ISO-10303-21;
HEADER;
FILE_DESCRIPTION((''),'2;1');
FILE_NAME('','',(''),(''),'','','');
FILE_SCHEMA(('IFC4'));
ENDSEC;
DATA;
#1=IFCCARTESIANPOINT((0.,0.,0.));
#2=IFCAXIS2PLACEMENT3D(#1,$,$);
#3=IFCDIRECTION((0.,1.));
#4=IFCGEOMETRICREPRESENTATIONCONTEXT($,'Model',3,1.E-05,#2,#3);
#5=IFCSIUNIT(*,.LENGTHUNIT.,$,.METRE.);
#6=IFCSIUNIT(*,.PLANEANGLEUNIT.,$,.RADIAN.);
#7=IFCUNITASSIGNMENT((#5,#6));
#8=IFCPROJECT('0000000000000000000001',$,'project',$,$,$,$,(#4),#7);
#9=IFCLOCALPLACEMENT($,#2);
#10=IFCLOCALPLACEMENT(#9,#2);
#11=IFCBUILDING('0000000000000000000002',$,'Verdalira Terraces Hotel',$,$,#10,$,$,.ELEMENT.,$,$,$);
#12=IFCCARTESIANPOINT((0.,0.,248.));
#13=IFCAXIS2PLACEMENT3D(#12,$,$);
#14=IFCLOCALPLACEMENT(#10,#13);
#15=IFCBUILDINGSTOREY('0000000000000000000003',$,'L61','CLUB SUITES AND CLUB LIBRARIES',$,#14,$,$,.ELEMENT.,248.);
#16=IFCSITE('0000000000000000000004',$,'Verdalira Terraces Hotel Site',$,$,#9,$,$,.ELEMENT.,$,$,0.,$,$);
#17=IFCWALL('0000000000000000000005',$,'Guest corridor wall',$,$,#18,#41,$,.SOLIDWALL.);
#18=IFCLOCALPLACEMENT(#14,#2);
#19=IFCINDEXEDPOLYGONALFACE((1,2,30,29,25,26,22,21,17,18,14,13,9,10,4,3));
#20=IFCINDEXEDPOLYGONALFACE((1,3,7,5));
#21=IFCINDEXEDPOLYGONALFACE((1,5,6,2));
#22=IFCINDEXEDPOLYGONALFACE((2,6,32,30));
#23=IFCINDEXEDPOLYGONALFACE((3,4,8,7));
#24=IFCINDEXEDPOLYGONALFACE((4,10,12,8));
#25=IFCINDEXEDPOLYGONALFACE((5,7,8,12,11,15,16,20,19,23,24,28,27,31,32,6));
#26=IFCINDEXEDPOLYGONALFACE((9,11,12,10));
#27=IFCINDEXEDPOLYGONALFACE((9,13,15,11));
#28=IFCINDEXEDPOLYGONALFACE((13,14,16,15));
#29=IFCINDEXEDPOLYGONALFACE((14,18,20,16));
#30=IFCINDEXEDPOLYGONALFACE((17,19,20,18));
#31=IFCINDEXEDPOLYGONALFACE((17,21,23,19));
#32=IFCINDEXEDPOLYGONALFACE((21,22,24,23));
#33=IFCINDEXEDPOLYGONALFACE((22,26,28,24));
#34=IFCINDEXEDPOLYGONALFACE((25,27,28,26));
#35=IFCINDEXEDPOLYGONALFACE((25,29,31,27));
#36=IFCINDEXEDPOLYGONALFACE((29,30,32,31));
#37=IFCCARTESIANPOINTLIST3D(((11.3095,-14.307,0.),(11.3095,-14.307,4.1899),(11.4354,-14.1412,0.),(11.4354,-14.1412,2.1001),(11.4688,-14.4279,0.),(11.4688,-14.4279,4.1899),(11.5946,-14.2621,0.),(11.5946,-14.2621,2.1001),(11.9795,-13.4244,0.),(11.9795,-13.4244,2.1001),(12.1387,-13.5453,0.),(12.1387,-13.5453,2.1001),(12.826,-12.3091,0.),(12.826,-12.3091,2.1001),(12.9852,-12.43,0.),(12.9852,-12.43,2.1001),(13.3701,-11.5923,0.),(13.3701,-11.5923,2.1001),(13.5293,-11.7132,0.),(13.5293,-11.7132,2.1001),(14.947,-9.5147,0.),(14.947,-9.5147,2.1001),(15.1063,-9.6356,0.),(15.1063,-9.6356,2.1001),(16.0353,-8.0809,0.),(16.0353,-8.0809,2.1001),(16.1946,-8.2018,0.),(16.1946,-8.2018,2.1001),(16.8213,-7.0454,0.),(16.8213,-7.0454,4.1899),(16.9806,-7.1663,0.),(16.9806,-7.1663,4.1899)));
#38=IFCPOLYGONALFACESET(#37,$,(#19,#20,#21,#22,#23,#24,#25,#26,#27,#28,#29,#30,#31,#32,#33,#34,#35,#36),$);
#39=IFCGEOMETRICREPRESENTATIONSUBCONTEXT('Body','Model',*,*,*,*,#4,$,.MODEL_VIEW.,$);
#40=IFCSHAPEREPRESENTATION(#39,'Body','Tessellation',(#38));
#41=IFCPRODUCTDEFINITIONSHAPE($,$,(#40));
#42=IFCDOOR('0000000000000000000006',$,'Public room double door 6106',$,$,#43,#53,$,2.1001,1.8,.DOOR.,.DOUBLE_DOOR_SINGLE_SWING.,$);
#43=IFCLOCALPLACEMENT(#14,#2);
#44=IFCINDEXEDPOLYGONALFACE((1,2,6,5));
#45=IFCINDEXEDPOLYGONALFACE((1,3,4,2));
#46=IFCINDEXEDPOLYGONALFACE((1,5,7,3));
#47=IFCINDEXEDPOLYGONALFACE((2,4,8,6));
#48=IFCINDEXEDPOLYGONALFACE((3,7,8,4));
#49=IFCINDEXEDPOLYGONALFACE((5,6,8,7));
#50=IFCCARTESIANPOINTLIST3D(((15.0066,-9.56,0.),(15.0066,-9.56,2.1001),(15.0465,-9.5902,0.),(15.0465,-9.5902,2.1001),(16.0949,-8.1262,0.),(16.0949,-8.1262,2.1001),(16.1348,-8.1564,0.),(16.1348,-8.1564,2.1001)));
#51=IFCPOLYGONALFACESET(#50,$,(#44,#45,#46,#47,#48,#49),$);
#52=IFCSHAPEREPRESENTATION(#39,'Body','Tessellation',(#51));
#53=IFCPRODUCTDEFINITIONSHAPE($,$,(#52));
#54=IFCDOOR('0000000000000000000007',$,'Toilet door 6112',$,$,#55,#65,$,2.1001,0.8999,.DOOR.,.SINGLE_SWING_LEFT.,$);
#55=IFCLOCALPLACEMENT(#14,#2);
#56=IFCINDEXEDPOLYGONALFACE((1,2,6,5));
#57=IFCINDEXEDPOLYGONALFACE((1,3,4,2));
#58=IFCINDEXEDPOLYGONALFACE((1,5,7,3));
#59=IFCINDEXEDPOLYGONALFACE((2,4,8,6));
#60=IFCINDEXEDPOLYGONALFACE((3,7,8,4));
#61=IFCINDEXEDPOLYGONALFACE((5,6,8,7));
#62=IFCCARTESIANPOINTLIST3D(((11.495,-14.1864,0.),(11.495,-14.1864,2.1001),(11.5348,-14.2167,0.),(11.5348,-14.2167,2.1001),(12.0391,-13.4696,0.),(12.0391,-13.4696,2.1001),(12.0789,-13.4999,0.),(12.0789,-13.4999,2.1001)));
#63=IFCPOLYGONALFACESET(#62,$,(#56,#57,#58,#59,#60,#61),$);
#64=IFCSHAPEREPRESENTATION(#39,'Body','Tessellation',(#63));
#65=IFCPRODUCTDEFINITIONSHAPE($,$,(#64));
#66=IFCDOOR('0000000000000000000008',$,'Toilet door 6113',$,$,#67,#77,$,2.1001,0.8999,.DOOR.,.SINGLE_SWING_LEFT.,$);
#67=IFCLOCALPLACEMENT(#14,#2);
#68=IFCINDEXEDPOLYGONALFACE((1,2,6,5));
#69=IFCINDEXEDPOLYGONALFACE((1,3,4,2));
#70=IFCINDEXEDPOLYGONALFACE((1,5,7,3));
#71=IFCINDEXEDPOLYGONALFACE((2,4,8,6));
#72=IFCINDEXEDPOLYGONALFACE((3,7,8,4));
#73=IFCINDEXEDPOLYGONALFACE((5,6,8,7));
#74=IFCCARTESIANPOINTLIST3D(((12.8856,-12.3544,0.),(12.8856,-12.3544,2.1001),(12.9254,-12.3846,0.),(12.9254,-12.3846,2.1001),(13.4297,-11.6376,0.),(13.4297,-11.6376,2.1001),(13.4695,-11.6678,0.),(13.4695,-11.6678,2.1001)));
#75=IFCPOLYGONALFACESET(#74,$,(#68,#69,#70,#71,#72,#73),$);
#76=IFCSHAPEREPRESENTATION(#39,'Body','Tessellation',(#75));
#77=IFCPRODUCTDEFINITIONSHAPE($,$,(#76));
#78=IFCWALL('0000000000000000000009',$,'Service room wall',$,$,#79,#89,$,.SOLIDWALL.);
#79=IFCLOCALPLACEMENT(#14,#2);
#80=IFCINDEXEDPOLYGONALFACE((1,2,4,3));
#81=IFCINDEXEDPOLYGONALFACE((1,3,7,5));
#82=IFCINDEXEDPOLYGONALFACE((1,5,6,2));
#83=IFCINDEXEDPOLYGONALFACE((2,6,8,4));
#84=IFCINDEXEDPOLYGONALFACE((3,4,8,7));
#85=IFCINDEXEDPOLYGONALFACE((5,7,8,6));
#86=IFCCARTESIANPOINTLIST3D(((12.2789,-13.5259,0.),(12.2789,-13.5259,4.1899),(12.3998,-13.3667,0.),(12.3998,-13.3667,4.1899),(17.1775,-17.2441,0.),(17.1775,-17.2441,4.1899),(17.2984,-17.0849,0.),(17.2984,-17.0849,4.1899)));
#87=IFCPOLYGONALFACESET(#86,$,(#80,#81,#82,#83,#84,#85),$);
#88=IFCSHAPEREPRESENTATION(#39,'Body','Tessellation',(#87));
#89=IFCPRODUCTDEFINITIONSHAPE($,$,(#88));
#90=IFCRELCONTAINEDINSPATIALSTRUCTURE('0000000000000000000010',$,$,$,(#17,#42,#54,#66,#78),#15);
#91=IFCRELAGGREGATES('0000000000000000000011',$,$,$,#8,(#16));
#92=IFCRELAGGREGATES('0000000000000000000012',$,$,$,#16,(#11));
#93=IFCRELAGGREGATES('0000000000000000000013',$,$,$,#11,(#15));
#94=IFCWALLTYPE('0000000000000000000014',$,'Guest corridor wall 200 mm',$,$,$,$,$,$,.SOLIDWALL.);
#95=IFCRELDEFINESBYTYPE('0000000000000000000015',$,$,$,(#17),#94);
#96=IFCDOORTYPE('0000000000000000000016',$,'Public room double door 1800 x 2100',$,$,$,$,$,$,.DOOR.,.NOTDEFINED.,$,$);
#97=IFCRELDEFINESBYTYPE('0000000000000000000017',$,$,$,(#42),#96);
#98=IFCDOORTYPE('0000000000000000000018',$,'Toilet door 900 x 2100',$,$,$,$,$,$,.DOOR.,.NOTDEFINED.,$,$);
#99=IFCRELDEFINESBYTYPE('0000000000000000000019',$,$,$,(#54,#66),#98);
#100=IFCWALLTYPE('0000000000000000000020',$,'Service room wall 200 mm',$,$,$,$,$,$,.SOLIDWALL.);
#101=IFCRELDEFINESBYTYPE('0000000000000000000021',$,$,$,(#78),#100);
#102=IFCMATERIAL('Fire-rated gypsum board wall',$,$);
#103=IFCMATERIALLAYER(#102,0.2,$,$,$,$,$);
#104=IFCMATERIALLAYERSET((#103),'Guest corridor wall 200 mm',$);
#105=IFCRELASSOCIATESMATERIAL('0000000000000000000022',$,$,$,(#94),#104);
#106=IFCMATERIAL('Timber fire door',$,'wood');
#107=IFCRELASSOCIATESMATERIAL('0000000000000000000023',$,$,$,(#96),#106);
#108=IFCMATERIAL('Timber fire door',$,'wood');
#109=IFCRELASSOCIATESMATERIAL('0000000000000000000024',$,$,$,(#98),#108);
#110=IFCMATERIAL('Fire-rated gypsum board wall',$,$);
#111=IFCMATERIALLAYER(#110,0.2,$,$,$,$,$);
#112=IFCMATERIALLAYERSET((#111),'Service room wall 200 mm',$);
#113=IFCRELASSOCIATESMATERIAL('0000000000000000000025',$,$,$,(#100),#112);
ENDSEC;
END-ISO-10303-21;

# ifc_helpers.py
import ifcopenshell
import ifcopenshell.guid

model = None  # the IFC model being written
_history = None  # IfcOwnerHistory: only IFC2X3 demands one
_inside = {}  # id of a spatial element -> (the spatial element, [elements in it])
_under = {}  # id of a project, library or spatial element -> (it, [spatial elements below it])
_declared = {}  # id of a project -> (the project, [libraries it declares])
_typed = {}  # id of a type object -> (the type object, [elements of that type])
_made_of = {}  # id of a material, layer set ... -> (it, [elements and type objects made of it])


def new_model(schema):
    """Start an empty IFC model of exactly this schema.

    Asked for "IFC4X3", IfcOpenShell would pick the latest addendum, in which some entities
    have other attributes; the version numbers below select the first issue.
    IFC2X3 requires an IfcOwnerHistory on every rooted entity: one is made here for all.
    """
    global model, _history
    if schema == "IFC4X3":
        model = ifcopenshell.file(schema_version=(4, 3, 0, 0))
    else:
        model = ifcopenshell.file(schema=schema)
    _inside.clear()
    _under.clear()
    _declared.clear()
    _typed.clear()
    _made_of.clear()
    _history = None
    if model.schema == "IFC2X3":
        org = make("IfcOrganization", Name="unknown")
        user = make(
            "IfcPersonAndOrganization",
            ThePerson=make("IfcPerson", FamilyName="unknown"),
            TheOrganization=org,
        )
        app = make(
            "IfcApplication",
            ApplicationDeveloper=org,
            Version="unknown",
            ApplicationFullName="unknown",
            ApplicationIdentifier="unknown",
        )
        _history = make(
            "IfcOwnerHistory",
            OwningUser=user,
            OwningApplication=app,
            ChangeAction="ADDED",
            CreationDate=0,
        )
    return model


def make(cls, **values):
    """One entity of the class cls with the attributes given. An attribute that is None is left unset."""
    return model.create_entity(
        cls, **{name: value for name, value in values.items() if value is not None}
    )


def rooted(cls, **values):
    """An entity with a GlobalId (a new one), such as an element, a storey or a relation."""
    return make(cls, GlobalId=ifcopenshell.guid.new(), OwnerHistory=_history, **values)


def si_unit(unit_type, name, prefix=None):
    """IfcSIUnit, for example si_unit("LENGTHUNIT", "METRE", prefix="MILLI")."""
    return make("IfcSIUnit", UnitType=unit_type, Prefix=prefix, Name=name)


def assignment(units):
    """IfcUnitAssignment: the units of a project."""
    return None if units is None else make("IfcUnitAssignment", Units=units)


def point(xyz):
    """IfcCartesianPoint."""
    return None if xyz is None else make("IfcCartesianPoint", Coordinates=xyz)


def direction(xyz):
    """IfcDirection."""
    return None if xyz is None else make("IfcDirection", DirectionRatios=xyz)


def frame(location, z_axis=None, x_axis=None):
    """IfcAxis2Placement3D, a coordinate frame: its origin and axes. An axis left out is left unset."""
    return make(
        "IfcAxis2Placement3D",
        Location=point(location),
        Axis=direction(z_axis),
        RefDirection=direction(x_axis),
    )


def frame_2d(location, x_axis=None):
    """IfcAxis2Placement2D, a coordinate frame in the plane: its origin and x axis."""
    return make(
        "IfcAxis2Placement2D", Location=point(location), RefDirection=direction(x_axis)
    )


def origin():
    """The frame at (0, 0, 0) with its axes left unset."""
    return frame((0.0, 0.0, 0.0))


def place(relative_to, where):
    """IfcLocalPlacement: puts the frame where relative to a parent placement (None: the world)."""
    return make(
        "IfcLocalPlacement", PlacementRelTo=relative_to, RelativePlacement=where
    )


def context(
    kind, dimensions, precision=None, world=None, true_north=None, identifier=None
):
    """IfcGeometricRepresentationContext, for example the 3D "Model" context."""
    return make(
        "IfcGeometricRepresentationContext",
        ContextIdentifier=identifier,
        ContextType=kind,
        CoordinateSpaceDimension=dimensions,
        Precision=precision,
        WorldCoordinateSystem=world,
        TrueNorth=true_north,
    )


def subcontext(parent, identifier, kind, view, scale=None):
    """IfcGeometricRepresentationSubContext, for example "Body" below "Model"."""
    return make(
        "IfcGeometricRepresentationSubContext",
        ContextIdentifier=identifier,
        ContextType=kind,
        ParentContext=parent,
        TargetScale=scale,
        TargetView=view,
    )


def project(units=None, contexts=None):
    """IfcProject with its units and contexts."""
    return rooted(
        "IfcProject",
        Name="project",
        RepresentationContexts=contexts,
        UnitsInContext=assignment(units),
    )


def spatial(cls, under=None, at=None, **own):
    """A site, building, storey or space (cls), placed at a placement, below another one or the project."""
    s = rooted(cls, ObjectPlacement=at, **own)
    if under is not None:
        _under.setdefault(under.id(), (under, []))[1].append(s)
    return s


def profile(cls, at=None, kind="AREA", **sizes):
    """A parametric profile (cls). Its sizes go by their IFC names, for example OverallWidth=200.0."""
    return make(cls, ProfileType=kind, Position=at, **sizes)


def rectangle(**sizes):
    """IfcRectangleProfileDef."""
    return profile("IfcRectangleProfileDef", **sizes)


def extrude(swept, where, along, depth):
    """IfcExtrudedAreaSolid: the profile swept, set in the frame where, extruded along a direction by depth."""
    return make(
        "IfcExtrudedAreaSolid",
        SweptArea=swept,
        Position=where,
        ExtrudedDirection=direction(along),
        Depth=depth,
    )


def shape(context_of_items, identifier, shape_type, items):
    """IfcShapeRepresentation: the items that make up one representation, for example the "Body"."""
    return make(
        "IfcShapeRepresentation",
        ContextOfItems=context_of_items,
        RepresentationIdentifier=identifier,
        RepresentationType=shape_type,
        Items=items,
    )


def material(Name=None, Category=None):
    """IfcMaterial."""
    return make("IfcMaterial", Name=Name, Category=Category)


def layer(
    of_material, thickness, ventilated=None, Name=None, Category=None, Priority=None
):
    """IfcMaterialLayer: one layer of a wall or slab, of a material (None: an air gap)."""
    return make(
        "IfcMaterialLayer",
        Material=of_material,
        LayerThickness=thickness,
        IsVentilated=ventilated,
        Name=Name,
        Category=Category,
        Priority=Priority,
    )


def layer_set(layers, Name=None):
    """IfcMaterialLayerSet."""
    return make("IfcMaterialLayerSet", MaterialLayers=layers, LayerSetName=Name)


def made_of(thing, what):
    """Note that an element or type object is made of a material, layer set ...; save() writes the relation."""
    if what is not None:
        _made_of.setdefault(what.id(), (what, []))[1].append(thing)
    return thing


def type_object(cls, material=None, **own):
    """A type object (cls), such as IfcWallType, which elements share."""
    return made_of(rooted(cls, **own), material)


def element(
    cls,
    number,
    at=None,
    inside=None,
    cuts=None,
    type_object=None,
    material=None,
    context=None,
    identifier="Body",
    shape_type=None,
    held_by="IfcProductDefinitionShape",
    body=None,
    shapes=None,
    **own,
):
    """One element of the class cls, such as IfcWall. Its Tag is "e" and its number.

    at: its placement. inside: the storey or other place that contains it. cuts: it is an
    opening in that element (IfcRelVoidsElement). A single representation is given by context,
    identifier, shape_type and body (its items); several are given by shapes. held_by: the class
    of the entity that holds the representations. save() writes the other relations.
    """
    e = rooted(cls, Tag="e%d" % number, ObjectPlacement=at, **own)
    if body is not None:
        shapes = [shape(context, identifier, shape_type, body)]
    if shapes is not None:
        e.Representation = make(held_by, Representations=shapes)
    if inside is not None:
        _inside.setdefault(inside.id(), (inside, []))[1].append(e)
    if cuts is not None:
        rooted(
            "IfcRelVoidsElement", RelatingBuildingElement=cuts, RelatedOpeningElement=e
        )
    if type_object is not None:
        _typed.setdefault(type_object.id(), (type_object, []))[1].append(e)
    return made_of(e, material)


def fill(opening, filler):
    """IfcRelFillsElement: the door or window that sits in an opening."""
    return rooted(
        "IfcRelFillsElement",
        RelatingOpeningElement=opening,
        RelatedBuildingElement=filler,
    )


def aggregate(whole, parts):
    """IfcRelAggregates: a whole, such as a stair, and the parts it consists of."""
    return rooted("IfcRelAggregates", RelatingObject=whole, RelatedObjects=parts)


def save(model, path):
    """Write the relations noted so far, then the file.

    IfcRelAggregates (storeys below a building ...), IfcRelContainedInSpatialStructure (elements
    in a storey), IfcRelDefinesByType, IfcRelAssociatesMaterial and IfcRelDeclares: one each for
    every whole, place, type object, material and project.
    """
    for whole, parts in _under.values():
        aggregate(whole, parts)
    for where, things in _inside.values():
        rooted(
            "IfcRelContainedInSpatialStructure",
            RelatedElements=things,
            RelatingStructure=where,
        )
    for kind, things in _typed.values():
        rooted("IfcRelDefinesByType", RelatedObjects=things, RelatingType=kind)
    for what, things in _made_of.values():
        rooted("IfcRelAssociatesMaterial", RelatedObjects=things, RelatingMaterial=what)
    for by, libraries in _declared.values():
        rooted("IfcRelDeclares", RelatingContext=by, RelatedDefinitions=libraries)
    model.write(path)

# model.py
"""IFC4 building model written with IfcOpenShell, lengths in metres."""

from ifc_helpers import new_model, si_unit, direction, frame, frame_2d, origin, place, context, subcontext, project, spatial, rectangle, extrude, material, layer, layer_set, type_object, element, fill, save


model = new_model("IFC4")

# Units and contexts
model_context = context("Model", 3, precision=1e-05, world=origin(), true_north=direction((0.0, 1.0)))
body_context = subcontext(model_context, "Body", "Model", "MODEL_VIEW")
ifc_project = project(units=[si_unit("LENGTHUNIT", "METRE"), si_unit("PLANEANGLEUNIT", "RADIAN")], contexts=[model_context])

# Site, building, storey
site_placement = place(None, origin())
site = spatial("IfcSite", under=ifc_project, at=site_placement, Name="Verdalira Terraces Hotel Site", CompositionType="ELEMENT", RefElevation=0.0)
building_placement = place(site_placement, origin())
building = spatial("IfcBuilding", under=site, at=building_placement, Name="Verdalira Terraces Hotel", CompositionType="ELEMENT")
storey_placement = place(building_placement, frame((0.0, 0.0, 248.0)))
storey = spatial("IfcBuildingStorey", under=building, at=storey_placement, Name="L61", Description="CLUB SUITES AND CLUB LIBRARIES", CompositionType="ELEMENT", Elevation=248.0)

# Shared definitions
ifc_material_1 = material(Name="Fire-rated gypsum board wall")
ifc_layer_1 = layer(ifc_material_1, 0.2)
ifc_layer_set_1 = layer_set([ifc_layer_1], Name="Guest corridor wall 200 mm")
wall_type_1 = type_object("IfcWallType", Name="Guest corridor wall 200 mm", PredefinedType="SOLIDWALL", material=ifc_layer_set_1)

# Wall, openings, doors
wall_1_placement = place(storey_placement, frame((16.9009, -7.106, 0.0), z_axis=(0.0, 0.0, 1.0), x_axis=(-0.604596, -0.796532, 0.0)))
wall_1 = element("IfcWall", 1, at=wall_1_placement, inside=storey, type_object=wall_type_1, Name="Guest corridor wall", PredefinedType="SOLIDWALL", context=body_context, shape_type="SweptSolid", body=[
    extrude(rectangle(XDim=9.1165, YDim=0.2, at=frame_2d((4.5581, 0.0))), origin(), (0.0, 0.0, 1.0), 4.1899),
])
opening_1_placement = place(wall_1_placement, frame((1.3, 0.0, 0.0)))
opening_1 = element("IfcOpeningElement", 2, at=opening_1_placement, cuts=wall_1, PredefinedType="OPENING", context=body_context, shape_type="SweptSolid", body=[
    extrude(rectangle(XDim=1.8, YDim=2.1001, at=frame_2d((0.8999, 1.05))), frame((0.0, 0.1099, 0.0), z_axis=(0.0, -1.0, 0.0), x_axis=(1.0, 0.0, 0.0)), (0.0, 0.0, 1.0), 0.22),
])
opening_2_placement = place(wall_1_placement, frame((8.0083, 0.0, 0.0)))
opening_2 = element("IfcOpeningElement", 3, at=opening_2_placement, cuts=wall_1, PredefinedType="OPENING", context=body_context, shape_type="SweptSolid", body=[
    extrude(rectangle(XDim=0.8999, YDim=2.1001, at=frame_2d((0.45, 1.05))), frame((0.0, 0.1099, 0.0), z_axis=(0.0, -1.0, 0.0), x_axis=(1.0, 0.0, 0.0)), (0.0, 0.0, 1.0), 0.22),
])
opening_3_placement = place(wall_1_placement, frame((5.7083, 0.0, 0.0)))
opening_3 = element("IfcOpeningElement", 4, at=opening_3_placement, cuts=wall_1, PredefinedType="OPENING", context=body_context, shape_type="SweptSolid", body=[
    extrude(rectangle(XDim=0.8999, YDim=2.1001, at=frame_2d((0.45, 1.05))), frame((0.0, 0.1099, 0.0), z_axis=(0.0, -1.0, 0.0), x_axis=(1.0, 0.0, 0.0)), (0.0, 0.0, 1.0), 0.22),
])
ifc_material_2 = material(Name="Timber fire door", Category="wood")
door_type_1 = type_object("IfcDoorType", Name="Public room double door 1800 x 2100", OperationType="NOTDEFINED", PredefinedType="DOOR", material=ifc_material_2)
door_1_placement = place(opening_1_placement, origin())
door_1 = element("IfcDoor", 5, at=door_1_placement, inside=storey, type_object=door_type_1, Name="Public room double door 6106", OperationType="DOUBLE_DOOR_SINGLE_SWING", OverallHeight=2.1001, OverallWidth=1.8, PredefinedType="DOOR", context=body_context, shape_type="SweptSolid", body=[
    extrude(rectangle(XDim=1.8, YDim=2.1001, at=frame_2d((0.8999, 1.05))), frame((0.0, 0.0249, 0.0), z_axis=(0.0, -1.0, 0.0), x_axis=(1.0, 0.0, 0.0)), (0.0, 0.0, 1.0), 0.05),
])
fill(opening_1, door_1)
ifc_material_3 = material(Name="Timber fire door", Category="wood")
door_type_2 = type_object("IfcDoorType", Name="Toilet door 900 x 2100", OperationType="NOTDEFINED", PredefinedType="DOOR", material=ifc_material_3)
door_2_placement = place(opening_2_placement, origin())
door_2 = element("IfcDoor", 6, at=door_2_placement, inside=storey, type_object=door_type_2, Name="Toilet door 6112", OperationType="SINGLE_SWING_LEFT", OverallHeight=2.1001, OverallWidth=0.8999, PredefinedType="DOOR", context=body_context, shape_type="SweptSolid", body=[
    extrude(rectangle(XDim=0.8999, YDim=2.1001, at=frame_2d((0.45, 1.05))), frame((0.0, 0.0249, 0.0), z_axis=(0.0, -1.0, 0.0), x_axis=(1.0, 0.0, 0.0)), (0.0, 0.0, 1.0), 0.05),
])
fill(opening_2, door_2)
door_3_placement = place(opening_3_placement, origin())
door_3 = element("IfcDoor", 7, at=door_3_placement, inside=storey, type_object=door_type_2, Name="Toilet door 6113", OperationType="SINGLE_SWING_LEFT", OverallHeight=2.1001, OverallWidth=0.8999, PredefinedType="DOOR", context=body_context, shape_type="SweptSolid", body=[
    extrude(rectangle(XDim=0.8999, YDim=2.1001, at=frame_2d((0.45, 1.05))), frame((0.0, 0.0249, 0.0), z_axis=(0.0, -1.0, 0.0), x_axis=(1.0, 0.0, 0.0)), (0.0, 0.0, 1.0), 0.05),
])
fill(opening_3, door_3)

# Wall
ifc_material_4 = material(Name="Fire-rated gypsum board wall")
ifc_layer_2 = layer(ifc_material_4, 0.2)
ifc_layer_set_2 = layer_set([ifc_layer_2], Name="Service room wall 200 mm")
wall_type_2 = type_object("IfcWallType", Name="Service room wall 200 mm", PredefinedType="SOLIDWALL", material=ifc_layer_set_2)
wall_2_placement = place(storey_placement, frame((12.3394, -13.4463, 0.0), z_axis=(0.0, 0.0, 1.0), x_axis=(0.796533, -0.604595, 0.0)))
element("IfcWall", 8, at=wall_2_placement, inside=storey, type_object=wall_type_2, Name="Service room wall", PredefinedType="SOLIDWALL", context=body_context, shape_type="SweptSolid", body=[
    extrude(rectangle(XDim=6.1499, YDim=0.2, at=frame_2d((3.075, 0.0))), origin(), (0.0, 0.0, 1.0), 4.1899),
])

save(model, "model.ifc")
